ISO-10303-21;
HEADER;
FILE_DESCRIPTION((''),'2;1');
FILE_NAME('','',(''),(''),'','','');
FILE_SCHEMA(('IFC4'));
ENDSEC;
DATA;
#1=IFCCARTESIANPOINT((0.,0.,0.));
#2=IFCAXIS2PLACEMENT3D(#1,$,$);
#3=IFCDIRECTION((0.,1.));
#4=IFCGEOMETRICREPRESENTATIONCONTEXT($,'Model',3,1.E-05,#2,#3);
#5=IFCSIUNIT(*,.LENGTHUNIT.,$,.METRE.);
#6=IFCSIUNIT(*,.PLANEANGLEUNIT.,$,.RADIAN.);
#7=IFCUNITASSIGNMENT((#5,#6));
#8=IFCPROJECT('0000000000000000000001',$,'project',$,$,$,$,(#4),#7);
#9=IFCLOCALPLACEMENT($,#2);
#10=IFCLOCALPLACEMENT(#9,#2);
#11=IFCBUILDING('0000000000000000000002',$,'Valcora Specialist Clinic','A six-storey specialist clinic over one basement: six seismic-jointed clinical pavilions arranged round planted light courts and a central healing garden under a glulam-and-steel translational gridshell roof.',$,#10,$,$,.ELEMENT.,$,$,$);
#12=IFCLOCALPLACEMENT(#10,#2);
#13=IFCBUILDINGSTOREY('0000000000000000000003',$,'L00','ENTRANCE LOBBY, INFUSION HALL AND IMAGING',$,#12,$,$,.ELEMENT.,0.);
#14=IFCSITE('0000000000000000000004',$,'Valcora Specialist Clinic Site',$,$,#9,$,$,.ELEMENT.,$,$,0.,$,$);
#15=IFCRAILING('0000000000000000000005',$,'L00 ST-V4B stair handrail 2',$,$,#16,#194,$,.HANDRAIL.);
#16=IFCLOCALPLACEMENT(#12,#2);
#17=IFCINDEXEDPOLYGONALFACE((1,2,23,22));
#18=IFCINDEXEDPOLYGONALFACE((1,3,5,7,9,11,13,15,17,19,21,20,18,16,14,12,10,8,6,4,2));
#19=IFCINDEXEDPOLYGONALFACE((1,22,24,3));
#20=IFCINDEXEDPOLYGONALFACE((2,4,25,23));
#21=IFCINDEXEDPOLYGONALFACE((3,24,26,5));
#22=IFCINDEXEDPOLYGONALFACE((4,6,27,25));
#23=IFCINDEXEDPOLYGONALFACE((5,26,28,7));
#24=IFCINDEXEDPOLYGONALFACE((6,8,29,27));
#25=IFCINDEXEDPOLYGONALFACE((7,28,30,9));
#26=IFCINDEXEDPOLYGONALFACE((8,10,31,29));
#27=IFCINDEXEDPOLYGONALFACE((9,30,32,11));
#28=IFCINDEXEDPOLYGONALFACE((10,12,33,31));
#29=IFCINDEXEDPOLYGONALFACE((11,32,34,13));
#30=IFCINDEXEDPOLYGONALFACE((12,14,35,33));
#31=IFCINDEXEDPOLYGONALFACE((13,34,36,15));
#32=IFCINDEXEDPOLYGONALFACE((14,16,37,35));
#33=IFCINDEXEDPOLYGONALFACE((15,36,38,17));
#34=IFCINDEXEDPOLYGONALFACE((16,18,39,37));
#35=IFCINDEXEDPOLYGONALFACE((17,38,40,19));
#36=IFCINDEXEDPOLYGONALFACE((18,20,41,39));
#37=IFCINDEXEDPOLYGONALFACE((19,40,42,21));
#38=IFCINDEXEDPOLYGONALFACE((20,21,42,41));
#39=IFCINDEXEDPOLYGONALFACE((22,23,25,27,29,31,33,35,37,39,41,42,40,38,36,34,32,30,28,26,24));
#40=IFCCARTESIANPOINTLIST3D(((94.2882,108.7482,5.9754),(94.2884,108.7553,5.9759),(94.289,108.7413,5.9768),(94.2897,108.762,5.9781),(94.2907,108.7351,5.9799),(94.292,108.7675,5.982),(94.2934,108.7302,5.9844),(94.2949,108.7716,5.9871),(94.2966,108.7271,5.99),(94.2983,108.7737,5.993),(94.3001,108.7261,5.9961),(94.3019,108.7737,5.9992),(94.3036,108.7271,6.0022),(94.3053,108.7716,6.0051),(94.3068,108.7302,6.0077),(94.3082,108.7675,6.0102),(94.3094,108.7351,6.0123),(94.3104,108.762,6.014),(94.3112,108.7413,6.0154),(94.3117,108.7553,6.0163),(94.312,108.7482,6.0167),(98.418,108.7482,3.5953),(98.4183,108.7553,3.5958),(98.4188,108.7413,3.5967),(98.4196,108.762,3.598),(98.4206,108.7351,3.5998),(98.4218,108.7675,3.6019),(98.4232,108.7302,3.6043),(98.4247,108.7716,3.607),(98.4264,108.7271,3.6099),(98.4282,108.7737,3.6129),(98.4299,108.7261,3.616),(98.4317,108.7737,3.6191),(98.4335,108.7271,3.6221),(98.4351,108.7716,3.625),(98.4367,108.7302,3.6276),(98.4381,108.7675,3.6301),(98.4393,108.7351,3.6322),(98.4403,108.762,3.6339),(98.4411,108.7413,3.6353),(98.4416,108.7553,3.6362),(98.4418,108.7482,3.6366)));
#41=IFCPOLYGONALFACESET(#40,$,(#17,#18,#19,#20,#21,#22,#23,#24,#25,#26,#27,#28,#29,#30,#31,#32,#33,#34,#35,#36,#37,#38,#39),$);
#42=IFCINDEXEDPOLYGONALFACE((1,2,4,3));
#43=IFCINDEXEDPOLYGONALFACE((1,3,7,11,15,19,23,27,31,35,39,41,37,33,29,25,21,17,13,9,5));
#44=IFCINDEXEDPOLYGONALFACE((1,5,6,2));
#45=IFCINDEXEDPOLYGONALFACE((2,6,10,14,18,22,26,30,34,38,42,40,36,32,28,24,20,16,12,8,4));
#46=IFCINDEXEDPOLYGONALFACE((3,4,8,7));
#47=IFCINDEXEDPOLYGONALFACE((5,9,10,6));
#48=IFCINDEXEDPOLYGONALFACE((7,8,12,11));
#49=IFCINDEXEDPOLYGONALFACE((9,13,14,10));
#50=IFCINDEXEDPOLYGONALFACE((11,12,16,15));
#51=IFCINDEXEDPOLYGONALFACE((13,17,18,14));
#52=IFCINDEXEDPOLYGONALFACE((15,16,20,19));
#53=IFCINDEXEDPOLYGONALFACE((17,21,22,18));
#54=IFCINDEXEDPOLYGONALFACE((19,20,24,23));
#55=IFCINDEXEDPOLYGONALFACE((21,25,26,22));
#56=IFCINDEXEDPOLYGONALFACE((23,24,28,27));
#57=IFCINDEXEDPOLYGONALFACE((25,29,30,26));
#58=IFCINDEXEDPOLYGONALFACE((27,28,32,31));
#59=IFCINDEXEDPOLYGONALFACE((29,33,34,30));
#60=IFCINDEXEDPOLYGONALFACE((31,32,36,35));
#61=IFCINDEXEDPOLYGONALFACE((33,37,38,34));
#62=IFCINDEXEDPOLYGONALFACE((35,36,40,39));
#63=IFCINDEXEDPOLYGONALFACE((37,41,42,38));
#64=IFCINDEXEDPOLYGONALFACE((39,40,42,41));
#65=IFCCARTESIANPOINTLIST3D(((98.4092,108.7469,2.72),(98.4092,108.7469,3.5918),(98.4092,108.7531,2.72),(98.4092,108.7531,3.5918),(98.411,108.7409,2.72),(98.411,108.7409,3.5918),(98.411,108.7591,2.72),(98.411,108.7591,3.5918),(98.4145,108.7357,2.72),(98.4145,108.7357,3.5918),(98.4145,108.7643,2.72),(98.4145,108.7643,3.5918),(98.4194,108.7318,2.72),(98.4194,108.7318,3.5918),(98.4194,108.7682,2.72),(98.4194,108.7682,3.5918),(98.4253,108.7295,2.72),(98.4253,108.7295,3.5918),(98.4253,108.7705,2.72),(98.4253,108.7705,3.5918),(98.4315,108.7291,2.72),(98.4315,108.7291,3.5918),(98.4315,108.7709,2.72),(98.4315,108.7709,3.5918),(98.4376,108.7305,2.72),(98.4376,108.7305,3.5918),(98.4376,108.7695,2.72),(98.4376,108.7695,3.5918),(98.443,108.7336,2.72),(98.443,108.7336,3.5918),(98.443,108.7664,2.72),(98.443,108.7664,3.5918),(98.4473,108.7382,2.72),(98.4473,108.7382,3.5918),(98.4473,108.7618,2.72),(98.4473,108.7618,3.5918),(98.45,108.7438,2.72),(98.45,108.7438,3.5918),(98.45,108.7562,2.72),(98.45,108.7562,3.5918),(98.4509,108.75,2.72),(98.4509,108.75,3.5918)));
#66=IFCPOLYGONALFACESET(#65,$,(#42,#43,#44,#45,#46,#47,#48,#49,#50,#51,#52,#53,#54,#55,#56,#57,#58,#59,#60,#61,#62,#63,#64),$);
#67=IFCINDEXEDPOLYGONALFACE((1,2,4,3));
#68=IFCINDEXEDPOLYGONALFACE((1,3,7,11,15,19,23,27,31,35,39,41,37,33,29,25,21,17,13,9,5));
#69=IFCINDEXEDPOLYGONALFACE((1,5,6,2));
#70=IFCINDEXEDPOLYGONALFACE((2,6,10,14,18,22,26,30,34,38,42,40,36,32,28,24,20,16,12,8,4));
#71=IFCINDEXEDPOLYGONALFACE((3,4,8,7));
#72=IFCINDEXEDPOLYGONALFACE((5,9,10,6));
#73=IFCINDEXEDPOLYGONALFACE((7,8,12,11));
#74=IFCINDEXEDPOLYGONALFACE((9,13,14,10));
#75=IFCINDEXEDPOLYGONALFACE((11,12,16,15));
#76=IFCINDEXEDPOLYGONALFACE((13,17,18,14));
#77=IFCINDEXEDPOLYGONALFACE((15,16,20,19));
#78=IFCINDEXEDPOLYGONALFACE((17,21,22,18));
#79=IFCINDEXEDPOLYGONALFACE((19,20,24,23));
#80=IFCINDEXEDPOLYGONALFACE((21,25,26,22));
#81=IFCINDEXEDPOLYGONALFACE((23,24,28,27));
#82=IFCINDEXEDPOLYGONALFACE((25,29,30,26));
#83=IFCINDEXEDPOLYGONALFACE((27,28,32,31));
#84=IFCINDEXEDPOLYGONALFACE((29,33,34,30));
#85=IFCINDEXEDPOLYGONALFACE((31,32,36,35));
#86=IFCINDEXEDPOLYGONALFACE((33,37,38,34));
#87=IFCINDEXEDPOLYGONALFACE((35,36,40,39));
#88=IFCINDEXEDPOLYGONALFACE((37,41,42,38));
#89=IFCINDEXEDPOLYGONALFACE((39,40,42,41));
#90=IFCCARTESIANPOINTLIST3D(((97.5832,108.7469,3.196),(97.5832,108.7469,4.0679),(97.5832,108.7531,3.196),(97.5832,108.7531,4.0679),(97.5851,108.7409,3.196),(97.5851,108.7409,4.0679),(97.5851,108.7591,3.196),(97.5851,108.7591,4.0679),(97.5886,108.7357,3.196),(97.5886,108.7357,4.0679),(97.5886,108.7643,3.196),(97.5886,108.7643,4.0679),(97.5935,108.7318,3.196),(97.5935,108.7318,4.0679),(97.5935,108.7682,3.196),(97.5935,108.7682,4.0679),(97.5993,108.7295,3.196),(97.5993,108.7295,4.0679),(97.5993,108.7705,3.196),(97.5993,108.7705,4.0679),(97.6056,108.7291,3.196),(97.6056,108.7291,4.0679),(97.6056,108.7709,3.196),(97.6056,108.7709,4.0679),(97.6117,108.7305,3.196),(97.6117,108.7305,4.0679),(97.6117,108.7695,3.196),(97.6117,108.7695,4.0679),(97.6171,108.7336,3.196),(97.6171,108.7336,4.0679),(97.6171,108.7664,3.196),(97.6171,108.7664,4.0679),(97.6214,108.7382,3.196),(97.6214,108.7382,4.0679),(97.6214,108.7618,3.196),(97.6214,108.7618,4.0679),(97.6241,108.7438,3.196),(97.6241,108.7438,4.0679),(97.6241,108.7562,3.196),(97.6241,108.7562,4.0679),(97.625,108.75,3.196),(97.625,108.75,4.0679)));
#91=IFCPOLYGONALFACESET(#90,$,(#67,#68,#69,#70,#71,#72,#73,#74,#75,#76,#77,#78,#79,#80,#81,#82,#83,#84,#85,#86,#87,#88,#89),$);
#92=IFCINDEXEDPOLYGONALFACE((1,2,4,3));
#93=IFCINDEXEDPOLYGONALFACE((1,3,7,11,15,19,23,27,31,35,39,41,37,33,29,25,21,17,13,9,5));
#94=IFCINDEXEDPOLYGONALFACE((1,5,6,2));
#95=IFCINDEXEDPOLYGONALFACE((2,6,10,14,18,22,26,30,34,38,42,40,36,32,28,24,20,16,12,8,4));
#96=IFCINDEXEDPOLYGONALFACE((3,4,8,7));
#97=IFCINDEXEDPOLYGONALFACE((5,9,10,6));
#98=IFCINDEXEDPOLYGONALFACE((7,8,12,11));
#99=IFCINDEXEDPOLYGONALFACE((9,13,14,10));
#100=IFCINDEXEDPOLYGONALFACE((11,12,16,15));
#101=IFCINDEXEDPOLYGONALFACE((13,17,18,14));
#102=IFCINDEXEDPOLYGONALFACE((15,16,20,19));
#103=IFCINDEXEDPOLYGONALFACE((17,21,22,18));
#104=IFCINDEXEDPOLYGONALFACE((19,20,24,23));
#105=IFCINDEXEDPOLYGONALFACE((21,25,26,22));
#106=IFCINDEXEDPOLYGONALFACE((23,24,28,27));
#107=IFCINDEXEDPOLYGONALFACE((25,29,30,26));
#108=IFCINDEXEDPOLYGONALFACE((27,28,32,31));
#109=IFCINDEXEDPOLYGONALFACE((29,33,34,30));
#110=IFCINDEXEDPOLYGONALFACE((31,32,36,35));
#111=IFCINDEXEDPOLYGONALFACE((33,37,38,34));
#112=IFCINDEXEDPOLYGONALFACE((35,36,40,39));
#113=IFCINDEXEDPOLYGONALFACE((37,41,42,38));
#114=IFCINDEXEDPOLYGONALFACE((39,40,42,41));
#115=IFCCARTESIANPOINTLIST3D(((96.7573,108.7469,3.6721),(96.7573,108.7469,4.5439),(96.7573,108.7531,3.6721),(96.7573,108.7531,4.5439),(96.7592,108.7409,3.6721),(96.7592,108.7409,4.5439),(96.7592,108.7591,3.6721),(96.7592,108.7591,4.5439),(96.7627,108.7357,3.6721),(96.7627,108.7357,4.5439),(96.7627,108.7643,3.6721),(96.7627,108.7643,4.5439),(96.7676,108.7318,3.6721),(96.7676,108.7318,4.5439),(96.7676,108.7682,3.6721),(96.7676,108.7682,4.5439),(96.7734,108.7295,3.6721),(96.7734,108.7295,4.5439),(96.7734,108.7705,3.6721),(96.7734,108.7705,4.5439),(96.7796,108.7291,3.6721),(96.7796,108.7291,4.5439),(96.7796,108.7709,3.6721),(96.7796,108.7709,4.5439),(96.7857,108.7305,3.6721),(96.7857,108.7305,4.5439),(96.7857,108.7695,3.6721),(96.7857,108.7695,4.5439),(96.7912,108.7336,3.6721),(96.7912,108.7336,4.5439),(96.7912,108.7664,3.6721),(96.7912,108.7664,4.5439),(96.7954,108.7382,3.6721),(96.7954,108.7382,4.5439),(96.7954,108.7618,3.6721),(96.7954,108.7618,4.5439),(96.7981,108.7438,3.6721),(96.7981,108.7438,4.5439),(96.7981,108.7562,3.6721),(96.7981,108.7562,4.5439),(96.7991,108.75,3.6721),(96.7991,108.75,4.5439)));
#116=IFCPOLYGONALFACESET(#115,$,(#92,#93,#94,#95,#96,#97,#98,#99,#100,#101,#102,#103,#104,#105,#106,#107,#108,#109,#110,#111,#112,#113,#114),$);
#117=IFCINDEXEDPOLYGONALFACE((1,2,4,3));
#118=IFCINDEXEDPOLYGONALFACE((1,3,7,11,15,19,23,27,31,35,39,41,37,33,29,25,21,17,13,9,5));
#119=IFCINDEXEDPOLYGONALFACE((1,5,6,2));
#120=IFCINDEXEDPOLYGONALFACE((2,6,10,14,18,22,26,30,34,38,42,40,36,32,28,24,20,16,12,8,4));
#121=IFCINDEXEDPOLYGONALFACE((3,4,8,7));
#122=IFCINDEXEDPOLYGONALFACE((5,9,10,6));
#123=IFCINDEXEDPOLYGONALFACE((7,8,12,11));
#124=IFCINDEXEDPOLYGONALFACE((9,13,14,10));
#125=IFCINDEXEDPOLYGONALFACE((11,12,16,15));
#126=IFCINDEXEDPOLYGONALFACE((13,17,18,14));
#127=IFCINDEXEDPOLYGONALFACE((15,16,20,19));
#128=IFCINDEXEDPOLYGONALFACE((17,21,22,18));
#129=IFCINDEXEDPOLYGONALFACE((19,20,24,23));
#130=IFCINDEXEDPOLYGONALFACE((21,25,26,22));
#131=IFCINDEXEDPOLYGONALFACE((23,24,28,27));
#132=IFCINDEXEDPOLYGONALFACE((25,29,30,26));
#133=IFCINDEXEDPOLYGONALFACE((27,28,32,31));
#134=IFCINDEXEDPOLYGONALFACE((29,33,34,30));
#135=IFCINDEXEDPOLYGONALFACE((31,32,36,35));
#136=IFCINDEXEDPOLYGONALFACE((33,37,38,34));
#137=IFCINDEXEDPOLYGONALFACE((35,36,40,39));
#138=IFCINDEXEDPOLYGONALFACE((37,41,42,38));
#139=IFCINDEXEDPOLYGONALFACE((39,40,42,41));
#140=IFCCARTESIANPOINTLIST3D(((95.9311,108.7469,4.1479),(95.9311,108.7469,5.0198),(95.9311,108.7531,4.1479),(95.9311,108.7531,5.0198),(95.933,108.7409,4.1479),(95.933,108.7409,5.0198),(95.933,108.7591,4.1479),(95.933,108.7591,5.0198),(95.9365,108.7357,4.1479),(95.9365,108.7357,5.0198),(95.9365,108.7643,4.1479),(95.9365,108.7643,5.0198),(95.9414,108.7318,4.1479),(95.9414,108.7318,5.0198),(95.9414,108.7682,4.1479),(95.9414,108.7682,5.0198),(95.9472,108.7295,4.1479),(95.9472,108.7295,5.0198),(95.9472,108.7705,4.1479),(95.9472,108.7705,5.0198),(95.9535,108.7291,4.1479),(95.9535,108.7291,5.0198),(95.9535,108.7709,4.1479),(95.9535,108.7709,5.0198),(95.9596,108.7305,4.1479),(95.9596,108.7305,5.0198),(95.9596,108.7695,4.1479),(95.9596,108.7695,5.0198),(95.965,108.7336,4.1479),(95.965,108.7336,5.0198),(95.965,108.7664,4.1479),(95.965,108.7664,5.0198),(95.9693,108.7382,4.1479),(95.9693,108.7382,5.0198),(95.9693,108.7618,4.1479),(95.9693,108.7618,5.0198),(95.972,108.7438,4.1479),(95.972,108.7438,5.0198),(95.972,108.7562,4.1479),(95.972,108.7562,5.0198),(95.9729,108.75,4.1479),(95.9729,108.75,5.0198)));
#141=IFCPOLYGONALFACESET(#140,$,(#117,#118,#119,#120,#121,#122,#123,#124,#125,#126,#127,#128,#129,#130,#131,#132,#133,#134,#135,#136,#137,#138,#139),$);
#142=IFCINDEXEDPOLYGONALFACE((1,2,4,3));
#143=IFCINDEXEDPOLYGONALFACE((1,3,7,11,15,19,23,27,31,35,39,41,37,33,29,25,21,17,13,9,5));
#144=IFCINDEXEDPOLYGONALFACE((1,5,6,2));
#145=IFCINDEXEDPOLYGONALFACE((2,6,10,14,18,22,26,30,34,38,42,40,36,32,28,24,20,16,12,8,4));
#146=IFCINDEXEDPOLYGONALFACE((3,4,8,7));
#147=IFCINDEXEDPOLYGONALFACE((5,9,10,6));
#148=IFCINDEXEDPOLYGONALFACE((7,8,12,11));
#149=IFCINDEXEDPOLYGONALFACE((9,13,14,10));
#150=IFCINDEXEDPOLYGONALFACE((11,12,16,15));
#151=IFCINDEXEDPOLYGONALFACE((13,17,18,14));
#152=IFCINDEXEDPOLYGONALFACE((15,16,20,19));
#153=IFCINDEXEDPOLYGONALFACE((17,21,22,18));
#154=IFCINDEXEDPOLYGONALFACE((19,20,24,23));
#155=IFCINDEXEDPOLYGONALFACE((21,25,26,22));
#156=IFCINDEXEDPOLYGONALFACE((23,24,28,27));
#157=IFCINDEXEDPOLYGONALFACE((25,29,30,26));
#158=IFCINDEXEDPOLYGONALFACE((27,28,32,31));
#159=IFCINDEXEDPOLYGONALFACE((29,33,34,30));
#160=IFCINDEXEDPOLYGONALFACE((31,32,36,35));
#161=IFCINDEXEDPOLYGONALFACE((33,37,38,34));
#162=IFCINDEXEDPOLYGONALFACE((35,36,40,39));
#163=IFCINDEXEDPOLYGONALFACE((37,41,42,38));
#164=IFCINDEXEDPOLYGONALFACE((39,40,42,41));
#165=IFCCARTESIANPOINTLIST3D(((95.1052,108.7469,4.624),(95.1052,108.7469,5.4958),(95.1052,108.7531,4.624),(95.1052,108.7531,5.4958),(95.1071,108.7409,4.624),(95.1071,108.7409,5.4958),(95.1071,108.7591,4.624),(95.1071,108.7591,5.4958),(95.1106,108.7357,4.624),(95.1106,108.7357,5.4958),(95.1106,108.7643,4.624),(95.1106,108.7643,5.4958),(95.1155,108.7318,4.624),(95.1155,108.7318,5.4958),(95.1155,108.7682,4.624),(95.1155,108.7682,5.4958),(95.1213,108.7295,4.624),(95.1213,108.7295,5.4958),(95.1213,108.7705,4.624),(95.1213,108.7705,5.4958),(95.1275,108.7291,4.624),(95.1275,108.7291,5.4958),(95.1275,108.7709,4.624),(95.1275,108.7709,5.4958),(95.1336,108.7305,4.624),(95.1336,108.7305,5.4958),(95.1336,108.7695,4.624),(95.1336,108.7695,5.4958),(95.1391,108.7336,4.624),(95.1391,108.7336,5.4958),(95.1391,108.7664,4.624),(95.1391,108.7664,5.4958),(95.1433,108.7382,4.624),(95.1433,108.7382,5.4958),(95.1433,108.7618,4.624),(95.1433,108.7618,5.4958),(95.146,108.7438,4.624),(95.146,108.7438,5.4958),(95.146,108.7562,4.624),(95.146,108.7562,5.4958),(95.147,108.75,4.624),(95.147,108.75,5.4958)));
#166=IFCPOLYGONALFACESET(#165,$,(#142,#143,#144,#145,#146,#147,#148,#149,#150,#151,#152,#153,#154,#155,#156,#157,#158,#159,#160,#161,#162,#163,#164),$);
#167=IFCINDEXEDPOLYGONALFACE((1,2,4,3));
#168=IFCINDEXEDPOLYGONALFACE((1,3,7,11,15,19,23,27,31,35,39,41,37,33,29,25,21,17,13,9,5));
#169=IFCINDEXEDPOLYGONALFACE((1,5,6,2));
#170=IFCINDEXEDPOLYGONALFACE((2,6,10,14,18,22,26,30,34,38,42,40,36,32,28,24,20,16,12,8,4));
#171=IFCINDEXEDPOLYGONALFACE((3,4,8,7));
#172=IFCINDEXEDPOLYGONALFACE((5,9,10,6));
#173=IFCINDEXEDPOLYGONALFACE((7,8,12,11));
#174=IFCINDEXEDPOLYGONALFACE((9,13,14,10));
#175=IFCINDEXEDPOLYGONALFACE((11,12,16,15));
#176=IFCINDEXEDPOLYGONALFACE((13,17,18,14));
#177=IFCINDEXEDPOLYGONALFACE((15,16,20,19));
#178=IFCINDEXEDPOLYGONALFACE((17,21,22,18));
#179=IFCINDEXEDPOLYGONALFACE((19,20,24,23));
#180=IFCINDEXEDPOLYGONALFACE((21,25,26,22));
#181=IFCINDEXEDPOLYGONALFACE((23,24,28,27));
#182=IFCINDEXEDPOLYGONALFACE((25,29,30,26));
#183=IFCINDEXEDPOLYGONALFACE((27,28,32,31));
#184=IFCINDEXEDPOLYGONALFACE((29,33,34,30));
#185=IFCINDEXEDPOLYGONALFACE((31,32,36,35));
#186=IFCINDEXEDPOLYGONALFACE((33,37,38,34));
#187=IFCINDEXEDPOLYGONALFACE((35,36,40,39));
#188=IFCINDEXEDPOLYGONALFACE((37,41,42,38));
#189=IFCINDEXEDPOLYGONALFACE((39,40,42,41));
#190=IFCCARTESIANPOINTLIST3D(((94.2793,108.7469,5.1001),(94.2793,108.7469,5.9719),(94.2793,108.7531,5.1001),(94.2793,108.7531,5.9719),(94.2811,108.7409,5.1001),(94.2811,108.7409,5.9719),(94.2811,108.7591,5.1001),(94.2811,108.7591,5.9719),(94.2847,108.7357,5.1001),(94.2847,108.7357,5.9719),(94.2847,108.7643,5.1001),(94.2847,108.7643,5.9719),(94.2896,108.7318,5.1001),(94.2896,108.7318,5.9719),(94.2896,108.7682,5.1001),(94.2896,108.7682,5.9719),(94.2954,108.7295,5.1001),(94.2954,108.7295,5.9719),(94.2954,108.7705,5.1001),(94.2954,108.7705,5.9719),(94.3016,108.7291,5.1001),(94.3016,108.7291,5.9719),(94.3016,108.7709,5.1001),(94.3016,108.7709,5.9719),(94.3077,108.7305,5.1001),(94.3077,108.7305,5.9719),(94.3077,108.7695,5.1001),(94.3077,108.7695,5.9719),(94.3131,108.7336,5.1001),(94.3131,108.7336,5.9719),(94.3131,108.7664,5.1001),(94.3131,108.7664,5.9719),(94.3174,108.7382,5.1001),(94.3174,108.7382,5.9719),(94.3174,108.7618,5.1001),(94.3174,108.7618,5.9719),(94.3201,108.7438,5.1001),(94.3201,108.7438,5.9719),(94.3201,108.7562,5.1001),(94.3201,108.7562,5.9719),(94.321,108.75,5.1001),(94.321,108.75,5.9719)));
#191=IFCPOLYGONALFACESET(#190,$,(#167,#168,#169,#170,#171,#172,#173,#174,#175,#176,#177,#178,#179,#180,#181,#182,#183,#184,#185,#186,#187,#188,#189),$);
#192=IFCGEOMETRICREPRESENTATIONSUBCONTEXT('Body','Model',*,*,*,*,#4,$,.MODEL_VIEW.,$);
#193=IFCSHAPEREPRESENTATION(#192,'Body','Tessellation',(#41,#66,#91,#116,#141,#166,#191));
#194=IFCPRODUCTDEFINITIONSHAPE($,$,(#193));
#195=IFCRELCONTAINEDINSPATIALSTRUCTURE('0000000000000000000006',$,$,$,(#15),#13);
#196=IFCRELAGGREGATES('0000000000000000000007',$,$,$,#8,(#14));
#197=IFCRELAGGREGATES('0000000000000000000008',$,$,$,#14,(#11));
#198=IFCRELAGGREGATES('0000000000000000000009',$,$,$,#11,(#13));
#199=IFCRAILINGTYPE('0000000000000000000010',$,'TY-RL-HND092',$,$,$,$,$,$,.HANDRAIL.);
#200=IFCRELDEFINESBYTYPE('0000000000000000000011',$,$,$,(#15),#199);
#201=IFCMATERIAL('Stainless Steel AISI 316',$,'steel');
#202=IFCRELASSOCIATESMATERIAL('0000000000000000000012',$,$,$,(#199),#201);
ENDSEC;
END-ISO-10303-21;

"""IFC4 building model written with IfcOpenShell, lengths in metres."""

from ifc_helpers import new_model, si_unit, direction, frame, origin, origin_2d, place, context, subcontext, project, spatial, circle, extrude, material, type_object, element, save


model = new_model("IFC4")

# Units and contexts
model_context = context("Model", 3, precision=1e-05, world=origin(), true_north=direction((0.0, 1.0)))
body_context = subcontext(model_context, "Body", "Model", "MODEL_VIEW")
ifc_project = project(units=[si_unit("LENGTHUNIT", "METRE"), si_unit("PLANEANGLEUNIT", "RADIAN")], contexts=[model_context])

# Site, building, storey
site_placement = place(None, origin())
site = spatial("IfcSite", under=ifc_project, at=site_placement, Name="Valcora Specialist Clinic Site", CompositionType="ELEMENT", RefElevation=0.0)
building_placement = place(site_placement, origin())
building = spatial("IfcBuilding", under=site, at=building_placement, Name="Valcora Specialist Clinic", Description="A six-storey specialist clinic over one basement: six seismic-jointed clinical pavilions arranged round planted light courts and a central healing garden under a glulam-and-steel translational gridshell roof.", CompositionType="ELEMENT")
storey_placement = place(building_placement, origin())
storey = spatial("IfcBuildingStorey", under=building, at=storey_placement, Name="L00", Description="ENTRANCE LOBBY, INFUSION HALL AND IMAGING", CompositionType="ELEMENT", Elevation=0.0)

# Railing
ifc_material_1 = material(Name="Stainless Steel AISI 316", Category="steel")
railing_type_1 = type_object("IfcRailingType", Name="TY-RL-HND092", PredefinedType="HANDRAIL", material=ifc_material_1)
railing_1_placement = place(storey_placement, frame((98.4299, 108.75, 2.72)))
element("IfcRailing", 1, at=railing_1_placement, inside=storey, type_object=railing_type_1, Name="L00 ST-V4B stair handrail 2", PredefinedType="HANDRAIL", context=body_context, shape_type="SweptSolid", body=[
    extrude(circle(Radius=0.0239, at=origin_2d()), frame((0.0, 0.0, 0.896), z_axis=(-0.866412, 0.0, 0.499329), x_axis=(0.0, -1.0, 0.0)), (0.0, 0.0, 1.0), 4.7666),
    extrude(circle(Radius=0.021, at=origin_2d()), origin(), (0.0, 0.0, 1.0), 0.8718),
    extrude(circle(Radius=0.021, at=origin_2d()), frame((-0.8259, 0.0, 0.4761)), (0.0, 0.0, 1.0), 0.8718),
    extrude(circle(Radius=0.021, at=origin_2d()), frame((-1.6519, 0.0, 0.9521)), (0.0, 0.0, 1.0), 0.8718),
    extrude(circle(Radius=0.021, at=origin_2d()), frame((-2.478, 0.0, 1.428)), (0.0, 0.0, 1.0), 0.8718),
    extrude(circle(Radius=0.021, at=origin_2d()), frame((-3.304, 0.0, 1.9041)), (0.0, 0.0, 1.0), 0.8718),
    extrude(circle(Radius=0.021, at=origin_2d()), frame((-4.1299, 0.0, 2.3801)), (0.0, 0.0, 1.0), 0.8718),
])

save(model, "model.ifc")
